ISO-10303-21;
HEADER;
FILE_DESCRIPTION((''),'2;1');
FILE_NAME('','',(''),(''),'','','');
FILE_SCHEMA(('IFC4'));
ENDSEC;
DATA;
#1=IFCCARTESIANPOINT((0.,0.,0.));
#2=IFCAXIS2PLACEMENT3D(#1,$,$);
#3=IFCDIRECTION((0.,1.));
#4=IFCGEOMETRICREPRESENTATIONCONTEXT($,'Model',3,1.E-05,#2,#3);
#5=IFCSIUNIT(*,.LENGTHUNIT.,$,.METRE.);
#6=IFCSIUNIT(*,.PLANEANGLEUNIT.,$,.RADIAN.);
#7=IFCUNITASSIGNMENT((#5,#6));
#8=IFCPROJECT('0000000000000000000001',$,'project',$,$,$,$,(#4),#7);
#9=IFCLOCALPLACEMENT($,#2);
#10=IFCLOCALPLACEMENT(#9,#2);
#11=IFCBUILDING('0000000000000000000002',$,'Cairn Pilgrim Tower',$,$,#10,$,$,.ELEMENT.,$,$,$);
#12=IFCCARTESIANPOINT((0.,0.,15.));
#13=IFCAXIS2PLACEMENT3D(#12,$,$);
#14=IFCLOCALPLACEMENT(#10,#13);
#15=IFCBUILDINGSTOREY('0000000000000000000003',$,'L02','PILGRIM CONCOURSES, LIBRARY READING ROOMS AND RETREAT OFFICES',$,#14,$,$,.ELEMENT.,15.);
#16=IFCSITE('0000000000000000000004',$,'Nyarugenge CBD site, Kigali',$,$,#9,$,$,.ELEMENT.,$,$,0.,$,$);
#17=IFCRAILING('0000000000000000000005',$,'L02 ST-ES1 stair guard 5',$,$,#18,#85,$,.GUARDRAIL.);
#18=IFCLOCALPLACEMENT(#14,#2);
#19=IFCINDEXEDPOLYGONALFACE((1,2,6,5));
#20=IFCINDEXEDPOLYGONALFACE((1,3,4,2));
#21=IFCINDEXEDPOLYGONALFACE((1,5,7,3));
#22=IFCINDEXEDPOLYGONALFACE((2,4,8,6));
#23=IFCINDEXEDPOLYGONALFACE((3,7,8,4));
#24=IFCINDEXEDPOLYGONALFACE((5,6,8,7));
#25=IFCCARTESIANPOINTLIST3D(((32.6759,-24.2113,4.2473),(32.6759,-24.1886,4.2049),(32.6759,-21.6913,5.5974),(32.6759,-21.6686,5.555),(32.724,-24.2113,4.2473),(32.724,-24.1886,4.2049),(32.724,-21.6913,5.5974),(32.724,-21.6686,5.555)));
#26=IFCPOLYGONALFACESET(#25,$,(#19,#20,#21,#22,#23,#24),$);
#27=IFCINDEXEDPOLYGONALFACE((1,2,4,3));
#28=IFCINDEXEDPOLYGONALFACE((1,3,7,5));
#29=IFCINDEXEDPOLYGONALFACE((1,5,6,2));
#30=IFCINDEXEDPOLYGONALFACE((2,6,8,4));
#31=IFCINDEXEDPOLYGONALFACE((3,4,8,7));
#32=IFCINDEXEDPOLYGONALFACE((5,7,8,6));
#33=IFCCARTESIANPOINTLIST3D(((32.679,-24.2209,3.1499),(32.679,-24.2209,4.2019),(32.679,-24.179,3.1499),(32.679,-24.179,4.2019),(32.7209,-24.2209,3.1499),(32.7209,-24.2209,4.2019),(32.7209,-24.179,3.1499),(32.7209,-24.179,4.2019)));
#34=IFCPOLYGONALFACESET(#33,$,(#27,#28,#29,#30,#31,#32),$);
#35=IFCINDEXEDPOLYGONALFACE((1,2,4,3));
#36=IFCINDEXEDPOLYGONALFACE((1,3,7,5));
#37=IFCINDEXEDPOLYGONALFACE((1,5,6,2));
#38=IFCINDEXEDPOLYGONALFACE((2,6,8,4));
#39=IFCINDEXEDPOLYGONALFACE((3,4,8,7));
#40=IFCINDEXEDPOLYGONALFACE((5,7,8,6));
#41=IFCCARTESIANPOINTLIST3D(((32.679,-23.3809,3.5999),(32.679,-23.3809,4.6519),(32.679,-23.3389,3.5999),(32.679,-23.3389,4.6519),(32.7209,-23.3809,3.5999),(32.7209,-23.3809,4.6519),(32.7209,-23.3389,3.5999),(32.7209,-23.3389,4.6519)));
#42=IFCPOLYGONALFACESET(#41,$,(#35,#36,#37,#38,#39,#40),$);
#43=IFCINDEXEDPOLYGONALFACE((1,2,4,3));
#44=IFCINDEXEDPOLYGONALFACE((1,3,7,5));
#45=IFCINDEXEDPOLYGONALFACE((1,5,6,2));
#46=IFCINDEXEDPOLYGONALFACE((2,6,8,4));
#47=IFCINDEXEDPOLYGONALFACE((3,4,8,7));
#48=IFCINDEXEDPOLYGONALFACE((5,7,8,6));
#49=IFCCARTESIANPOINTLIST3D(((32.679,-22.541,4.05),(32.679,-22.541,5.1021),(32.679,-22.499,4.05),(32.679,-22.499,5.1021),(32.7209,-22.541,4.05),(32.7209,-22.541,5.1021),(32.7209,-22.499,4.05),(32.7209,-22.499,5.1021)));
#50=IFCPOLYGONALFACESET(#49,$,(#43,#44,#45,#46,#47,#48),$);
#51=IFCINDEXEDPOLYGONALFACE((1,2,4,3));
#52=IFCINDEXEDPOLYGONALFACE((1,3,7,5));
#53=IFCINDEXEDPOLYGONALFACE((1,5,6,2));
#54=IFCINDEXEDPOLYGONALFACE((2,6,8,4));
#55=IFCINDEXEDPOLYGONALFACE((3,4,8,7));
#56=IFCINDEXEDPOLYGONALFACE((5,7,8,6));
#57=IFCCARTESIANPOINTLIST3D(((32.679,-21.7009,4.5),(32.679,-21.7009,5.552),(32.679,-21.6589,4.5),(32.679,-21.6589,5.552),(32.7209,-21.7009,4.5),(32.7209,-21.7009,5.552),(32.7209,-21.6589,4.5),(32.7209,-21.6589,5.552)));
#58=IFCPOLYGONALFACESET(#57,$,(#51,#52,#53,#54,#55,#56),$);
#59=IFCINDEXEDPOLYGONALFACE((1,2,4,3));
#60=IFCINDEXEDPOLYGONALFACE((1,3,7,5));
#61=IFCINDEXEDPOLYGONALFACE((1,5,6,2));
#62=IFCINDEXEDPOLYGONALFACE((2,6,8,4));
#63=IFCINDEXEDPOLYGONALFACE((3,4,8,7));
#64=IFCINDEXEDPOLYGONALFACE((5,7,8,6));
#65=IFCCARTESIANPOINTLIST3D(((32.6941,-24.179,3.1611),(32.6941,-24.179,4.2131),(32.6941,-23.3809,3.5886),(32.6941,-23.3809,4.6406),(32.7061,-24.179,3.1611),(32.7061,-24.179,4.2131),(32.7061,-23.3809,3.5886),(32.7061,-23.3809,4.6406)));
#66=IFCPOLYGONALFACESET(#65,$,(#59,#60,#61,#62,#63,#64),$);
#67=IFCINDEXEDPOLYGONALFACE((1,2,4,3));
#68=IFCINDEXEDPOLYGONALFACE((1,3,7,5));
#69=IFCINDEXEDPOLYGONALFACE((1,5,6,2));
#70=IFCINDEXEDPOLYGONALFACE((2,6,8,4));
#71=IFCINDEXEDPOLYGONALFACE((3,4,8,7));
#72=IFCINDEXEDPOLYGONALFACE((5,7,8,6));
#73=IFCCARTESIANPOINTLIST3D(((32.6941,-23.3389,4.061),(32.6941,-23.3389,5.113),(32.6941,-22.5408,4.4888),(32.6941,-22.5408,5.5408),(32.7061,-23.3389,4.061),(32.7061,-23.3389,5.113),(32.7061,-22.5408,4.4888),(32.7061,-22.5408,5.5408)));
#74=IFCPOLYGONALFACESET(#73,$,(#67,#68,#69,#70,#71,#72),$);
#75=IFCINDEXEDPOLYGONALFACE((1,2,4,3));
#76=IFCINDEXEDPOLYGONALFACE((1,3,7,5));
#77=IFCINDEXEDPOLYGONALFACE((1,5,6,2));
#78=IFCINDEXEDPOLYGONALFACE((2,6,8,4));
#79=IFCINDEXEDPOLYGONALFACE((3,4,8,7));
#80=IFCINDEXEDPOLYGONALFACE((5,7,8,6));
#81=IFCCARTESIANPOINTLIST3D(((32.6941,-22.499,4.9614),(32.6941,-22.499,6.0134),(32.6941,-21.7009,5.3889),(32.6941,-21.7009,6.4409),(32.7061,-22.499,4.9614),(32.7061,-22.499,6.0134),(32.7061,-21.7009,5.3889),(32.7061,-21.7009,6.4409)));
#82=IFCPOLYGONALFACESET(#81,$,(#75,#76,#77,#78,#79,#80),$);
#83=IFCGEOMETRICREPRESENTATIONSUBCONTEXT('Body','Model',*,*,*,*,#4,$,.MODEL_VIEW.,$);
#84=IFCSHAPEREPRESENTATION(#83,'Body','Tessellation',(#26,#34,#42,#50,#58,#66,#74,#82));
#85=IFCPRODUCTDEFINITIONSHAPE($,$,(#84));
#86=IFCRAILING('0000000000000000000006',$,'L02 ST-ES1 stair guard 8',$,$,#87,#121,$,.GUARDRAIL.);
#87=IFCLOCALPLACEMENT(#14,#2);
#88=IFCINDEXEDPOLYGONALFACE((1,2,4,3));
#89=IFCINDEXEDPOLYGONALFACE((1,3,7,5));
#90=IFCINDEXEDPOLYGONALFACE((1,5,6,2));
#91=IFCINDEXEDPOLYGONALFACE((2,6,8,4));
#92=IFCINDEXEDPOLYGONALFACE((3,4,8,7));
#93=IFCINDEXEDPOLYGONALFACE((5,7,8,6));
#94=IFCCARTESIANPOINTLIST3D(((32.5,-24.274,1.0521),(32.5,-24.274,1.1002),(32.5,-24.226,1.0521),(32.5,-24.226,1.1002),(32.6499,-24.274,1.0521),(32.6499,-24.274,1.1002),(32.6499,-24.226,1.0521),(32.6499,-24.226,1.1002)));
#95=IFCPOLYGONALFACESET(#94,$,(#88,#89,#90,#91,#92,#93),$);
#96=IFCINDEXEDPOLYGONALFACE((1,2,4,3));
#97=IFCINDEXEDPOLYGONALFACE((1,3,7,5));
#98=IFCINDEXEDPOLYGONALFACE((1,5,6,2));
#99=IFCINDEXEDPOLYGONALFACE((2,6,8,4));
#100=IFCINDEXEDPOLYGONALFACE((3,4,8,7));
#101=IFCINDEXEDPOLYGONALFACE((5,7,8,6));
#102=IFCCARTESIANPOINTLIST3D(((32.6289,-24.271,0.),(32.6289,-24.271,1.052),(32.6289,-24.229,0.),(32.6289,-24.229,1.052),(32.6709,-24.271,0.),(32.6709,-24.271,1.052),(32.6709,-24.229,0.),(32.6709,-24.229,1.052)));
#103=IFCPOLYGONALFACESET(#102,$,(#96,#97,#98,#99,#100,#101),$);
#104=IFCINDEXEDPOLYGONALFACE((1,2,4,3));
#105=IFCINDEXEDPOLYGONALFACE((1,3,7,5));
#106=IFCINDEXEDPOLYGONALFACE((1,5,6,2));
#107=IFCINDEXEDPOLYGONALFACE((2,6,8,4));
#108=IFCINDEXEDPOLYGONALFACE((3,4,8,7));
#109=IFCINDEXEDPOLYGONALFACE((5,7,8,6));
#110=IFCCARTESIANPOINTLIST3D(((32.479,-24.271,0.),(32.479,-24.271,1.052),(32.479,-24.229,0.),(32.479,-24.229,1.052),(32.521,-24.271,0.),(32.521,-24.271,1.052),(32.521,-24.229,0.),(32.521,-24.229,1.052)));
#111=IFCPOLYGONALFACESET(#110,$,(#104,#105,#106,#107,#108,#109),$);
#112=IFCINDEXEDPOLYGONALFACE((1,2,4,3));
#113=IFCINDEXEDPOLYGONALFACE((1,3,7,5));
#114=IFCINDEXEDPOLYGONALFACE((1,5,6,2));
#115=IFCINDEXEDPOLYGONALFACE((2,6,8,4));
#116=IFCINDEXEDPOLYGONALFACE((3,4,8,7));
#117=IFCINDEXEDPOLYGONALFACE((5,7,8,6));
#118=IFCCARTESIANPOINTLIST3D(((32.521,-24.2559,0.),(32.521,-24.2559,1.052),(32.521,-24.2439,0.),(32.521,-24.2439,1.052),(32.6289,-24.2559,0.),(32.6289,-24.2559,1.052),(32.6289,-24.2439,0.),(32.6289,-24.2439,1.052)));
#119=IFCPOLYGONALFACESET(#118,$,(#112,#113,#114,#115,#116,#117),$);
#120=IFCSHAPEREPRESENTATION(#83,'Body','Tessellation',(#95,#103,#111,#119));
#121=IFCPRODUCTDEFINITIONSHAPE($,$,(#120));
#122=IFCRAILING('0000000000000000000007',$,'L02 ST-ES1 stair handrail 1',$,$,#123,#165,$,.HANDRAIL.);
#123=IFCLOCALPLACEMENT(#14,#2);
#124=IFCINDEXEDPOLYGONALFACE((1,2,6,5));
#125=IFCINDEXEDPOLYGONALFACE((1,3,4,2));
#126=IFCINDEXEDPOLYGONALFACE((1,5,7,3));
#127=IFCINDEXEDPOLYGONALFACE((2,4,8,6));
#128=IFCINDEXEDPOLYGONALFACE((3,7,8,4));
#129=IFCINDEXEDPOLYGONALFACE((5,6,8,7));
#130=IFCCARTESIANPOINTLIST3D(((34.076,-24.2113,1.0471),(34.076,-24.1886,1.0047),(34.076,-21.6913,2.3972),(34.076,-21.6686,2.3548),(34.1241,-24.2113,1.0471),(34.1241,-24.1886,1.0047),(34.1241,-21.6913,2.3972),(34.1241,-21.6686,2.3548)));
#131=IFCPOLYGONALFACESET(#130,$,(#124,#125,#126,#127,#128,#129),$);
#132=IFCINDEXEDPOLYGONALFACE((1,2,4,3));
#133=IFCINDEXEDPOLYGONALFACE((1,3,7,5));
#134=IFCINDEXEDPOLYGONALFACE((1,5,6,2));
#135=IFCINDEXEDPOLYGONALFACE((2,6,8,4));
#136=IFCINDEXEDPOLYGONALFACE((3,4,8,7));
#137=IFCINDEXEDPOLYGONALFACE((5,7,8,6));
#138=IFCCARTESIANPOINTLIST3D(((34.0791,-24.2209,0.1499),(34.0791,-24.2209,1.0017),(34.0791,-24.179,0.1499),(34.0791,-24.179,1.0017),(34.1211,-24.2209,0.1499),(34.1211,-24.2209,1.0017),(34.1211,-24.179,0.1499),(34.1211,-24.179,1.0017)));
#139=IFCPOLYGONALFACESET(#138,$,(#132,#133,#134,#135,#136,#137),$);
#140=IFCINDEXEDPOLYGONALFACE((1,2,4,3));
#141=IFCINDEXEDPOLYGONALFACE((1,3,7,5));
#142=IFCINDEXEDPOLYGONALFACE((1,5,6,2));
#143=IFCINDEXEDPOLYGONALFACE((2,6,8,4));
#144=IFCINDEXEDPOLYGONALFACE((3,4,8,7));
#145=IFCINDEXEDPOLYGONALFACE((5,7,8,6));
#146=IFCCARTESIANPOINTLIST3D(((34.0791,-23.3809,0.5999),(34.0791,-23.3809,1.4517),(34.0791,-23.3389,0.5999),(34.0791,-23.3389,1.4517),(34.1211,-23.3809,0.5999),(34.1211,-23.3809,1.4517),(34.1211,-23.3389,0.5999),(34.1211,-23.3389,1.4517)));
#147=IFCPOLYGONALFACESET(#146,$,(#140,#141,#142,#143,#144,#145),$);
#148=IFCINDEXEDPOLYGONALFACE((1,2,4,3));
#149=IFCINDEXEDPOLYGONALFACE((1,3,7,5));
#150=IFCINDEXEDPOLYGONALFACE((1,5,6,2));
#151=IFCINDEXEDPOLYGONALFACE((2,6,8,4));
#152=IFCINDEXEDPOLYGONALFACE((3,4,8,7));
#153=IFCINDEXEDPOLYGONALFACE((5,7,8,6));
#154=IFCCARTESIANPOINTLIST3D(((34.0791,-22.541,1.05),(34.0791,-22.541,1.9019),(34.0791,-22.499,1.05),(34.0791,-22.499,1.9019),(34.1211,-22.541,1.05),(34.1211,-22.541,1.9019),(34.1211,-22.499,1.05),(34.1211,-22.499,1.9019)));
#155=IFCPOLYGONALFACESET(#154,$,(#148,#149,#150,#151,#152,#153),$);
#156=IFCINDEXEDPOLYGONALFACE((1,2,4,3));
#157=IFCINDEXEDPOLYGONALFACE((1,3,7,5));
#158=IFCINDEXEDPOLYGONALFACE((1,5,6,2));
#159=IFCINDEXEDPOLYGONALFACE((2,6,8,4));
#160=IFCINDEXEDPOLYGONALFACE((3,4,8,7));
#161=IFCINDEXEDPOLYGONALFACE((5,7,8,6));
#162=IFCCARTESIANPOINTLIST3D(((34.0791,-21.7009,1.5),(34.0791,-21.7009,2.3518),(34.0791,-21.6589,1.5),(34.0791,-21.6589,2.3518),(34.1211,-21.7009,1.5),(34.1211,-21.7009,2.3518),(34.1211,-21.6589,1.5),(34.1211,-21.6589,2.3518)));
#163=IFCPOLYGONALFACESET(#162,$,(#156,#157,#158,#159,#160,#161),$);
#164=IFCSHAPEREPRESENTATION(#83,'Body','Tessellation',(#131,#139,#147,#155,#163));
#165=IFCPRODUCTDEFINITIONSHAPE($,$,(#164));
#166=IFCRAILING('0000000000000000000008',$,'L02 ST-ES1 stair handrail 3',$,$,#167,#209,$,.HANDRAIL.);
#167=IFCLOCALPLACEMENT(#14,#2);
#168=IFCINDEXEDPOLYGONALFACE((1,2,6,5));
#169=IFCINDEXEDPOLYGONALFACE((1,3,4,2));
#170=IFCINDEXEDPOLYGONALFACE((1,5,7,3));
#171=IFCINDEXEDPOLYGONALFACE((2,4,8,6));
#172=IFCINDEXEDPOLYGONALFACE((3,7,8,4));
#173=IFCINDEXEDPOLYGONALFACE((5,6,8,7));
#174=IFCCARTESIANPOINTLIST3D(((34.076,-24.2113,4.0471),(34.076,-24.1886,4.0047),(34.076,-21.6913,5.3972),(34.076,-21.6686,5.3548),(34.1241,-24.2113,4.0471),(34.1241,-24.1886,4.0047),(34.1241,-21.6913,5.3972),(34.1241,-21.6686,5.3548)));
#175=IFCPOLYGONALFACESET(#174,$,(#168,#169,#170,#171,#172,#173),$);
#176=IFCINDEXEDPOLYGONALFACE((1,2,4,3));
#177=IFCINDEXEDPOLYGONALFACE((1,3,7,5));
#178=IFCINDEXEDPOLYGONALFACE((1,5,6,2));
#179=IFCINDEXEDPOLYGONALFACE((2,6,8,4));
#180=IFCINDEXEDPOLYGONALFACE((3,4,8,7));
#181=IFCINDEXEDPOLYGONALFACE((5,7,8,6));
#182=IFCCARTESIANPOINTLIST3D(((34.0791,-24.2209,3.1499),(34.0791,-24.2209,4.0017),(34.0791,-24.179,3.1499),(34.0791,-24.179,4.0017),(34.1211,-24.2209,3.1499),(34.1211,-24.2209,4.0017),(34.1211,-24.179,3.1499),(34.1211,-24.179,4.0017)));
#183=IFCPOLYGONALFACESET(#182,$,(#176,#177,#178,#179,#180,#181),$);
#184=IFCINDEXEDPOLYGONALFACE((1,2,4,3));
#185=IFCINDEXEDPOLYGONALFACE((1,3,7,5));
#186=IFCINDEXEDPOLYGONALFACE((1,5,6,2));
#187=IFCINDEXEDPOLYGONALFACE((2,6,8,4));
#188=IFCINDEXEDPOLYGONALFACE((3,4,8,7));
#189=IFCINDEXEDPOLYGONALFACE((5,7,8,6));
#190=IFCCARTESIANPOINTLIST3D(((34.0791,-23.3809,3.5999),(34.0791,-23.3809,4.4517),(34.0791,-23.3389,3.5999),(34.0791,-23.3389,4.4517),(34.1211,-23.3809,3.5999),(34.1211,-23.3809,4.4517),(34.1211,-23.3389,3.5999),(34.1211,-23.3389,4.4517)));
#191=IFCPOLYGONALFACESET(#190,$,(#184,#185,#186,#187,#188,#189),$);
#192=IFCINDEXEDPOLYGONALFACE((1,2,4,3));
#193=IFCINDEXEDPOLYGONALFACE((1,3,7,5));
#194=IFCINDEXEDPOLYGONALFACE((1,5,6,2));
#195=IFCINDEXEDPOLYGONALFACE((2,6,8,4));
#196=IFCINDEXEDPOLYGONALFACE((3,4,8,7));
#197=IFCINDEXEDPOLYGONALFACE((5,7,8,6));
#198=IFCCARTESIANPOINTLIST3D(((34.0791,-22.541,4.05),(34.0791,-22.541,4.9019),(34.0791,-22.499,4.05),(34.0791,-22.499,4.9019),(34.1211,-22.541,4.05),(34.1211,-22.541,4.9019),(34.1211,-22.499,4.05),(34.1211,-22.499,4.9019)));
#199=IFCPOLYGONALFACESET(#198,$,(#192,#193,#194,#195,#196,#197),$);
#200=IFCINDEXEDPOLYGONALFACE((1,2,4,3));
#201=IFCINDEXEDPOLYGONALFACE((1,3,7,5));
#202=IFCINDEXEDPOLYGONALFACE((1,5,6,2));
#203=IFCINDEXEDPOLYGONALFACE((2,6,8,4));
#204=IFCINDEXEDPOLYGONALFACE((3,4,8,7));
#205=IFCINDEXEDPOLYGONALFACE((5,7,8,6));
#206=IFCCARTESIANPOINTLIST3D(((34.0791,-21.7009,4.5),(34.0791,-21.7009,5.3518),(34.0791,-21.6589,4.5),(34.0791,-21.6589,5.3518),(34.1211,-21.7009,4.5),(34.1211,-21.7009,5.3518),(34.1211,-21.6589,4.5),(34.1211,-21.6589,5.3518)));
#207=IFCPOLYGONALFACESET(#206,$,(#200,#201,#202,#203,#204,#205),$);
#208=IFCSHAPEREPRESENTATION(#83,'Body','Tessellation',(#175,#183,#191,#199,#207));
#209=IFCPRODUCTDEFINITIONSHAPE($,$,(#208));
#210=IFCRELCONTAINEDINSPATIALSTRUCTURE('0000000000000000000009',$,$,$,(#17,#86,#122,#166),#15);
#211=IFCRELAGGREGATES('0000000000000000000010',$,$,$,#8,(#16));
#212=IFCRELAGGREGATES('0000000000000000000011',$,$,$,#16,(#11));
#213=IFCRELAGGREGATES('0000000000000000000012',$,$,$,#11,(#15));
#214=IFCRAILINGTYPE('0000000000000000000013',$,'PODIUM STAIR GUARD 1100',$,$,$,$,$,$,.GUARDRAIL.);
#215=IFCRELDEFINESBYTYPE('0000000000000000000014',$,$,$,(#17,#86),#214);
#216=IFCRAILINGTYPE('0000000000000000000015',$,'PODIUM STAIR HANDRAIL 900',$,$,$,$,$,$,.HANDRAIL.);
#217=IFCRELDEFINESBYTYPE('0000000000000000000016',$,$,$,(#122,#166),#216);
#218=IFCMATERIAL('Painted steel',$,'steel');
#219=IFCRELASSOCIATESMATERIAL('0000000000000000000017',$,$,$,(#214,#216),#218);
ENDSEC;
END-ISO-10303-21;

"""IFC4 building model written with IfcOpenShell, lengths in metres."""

from ifc_helpers import new_model, si_unit, direction, frame, origin, origin_2d, place, context, subcontext, project, spatial, polyline, rectangle, outline, extrude, material, type_object, element, save


model = new_model("IFC4")

# Units and contexts
model_context = context("Model", 3, precision=1e-05, world=origin(), true_north=direction((0.0, 1.0)))
body_context = subcontext(model_context, "Body", "Model", "MODEL_VIEW")
ifc_project = project(units=[si_unit("LENGTHUNIT", "METRE"), si_unit("PLANEANGLEUNIT", "RADIAN")], contexts=[model_context])

# Site, building, storey
site_placement = place(None, origin())
site = spatial("IfcSite", under=ifc_project, at=site_placement, Name="Nyarugenge CBD site, Kigali", CompositionType="ELEMENT", RefElevation=0.0)
building_placement = place(site_placement, origin())
building = spatial("IfcBuilding", under=site, at=building_placement, Name="Cairn Pilgrim Tower", CompositionType="ELEMENT")
storey_placement = place(building_placement, frame((0.0, 0.0, 15.0)))
storey = spatial("IfcBuildingStorey", under=building, at=storey_placement, Name="L02", Description="PILGRIM CONCOURSES, LIBRARY READING ROOMS AND RETREAT OFFICES", CompositionType="ELEMENT", Elevation=15.0)

# Railings
ifc_material_1 = material(Name="Painted steel", Category="steel")
railing_type_1 = type_object("IfcRailingType", Name="PODIUM STAIR GUARD 1100", PredefinedType="GUARDRAIL", material=ifc_material_1)
railing_1_placement = place(storey_placement, frame((32.7, -24.2, 3.1499)))
element("IfcRailing", 1, at=railing_1_placement, inside=storey, type_object=railing_type_1, Name="L02 ST-ES1 stair guard 5", PredefinedType="GUARDRAIL", context=body_context, shape_type="SweptSolid", body=[
    extrude(rectangle(XDim=0.0481, YDim=0.0481, at=origin_2d()), frame((0.0, 0.0, 1.0762), z_axis=(0.0, 0.881467, 0.472245), x_axis=(-1.0, 0.0, 0.0)), (0.0, 0.0, 1.0), 2.8589),
    extrude(rectangle(XDim=0.042, YDim=0.042, at=origin_2d()), origin(), (0.0, 0.0, 1.0), 1.052),
    extrude(rectangle(XDim=0.042, YDim=0.042, at=origin_2d()), frame((0.0, 0.8401, 0.45)), (0.0, 0.0, 1.0), 1.052),
    extrude(rectangle(XDim=0.042, YDim=0.042, at=origin_2d()), frame((0.0, 1.6799, 0.9001)), (0.0, 0.0, 1.0), 1.052),
    extrude(rectangle(XDim=0.042, YDim=0.042, at=origin_2d()), frame((0.0, 2.52, 1.3501)), (0.0, 0.0, 1.0), 1.052),
    extrude(outline(polyline([(0.021, 0.0112), (0.8191, 0.4387), (0.8191, 1.4907), (0.021, 1.0632), (0.021, 0.0112)])), frame((-0.0059, 0.0, 0.0), z_axis=(1.0, 0.0, 0.0), x_axis=(0.0, 1.0, 0.0)), (0.0, 0.0, 1.0), 0.012),
    extrude(outline(polyline([(0.021, 0.4612), (0.8191, 0.8889), (0.8191, 1.9409), (0.021, 1.5132), (0.021, 0.4612)])), frame((-0.0059, 0.8401, 0.45), z_axis=(1.0, 0.0, 0.0), x_axis=(0.0, 1.0, 0.0)), (0.0, 0.0, 1.0), 0.012),
    extrude(outline(polyline([(0.021, 0.9114), (0.8191, 1.3389), (0.8191, 2.3909), (0.021, 1.9634), (0.021, 0.9114)])), frame((-0.0059, 1.6799, 0.9001), z_axis=(1.0, 0.0, 0.0), x_axis=(0.0, 1.0, 0.0)), (0.0, 0.0, 1.0), 0.012),
])
railing_2_placement = place(storey_placement, frame((32.6499, -24.25, 0.0)))
element("IfcRailing", 2, at=railing_2_placement, inside=storey, type_object=railing_type_1, Name="L02 ST-ES1 stair guard 8", PredefinedType="GUARDRAIL", context=body_context, shape_type="SweptSolid", body=[
    extrude(rectangle(XDim=0.0481, YDim=0.0481, at=origin_2d()), frame((0.0, 0.0, 1.0762), z_axis=(-1.0, 0.0, 0.0), x_axis=(0.0, -1.0, 0.0)), (0.0, 0.0, 1.0), 0.1499),
    extrude(rectangle(XDim=0.042, YDim=0.042, at=origin_2d()), origin(), (0.0, 0.0, 1.0), 1.052),
    extrude(rectangle(XDim=0.042, YDim=0.042, at=origin_2d()), frame((-0.1499, 0.0, 0.0)), (0.0, 0.0, 1.0), 1.052),
    extrude(outline(polyline([(0.021, 0.0), (0.1289, 0.0), (0.1289, 1.052), (0.021, 1.052), (0.021, 0.0)])), frame((0.0, -0.0059, 0.0), z_axis=(0.0, 1.0, 0.0), x_axis=(-1.0, 0.0, 0.0)), (0.0, 0.0, 1.0), 0.012),
])
railing_type_2 = type_object("IfcRailingType", Name="PODIUM STAIR HANDRAIL 900", PredefinedType="HANDRAIL", material=ifc_material_1)
for number, where, name in (
    (3, (34.1001, -24.2, 0.1499), "L02 ST-ES1 stair handrail 1"),
    (4, (34.1001, -24.2, 3.1499), "L02 ST-ES1 stair handrail 3"),
):
    element("IfcRailing", number, at=place(storey_placement, frame(where)), inside=storey, type_object=railing_type_2, Name=name, PredefinedType="HANDRAIL", context=body_context, shape_type="SweptSolid", body=[
        extrude(rectangle(XDim=0.0481, YDim=0.0481, at=origin_2d()), frame((0.0, 0.0, 0.876), z_axis=(0.0, 0.881467, 0.472245), x_axis=(-1.0, 0.0, 0.0)), (0.0, 0.0, 1.0), 2.8589),
        extrude(rectangle(XDim=0.042, YDim=0.042, at=origin_2d()), origin(), (0.0, 0.0, 1.0), 0.8518),
        extrude(rectangle(XDim=0.042, YDim=0.042, at=origin_2d()), frame((0.0, 0.8401, 0.45)), (0.0, 0.0, 1.0), 0.8518),
        extrude(rectangle(XDim=0.042, YDim=0.042, at=origin_2d()), frame((0.0, 1.6799, 0.9001)), (0.0, 0.0, 1.0), 0.8518),
        extrude(rectangle(XDim=0.042, YDim=0.042, at=origin_2d()), frame((0.0, 2.52, 1.3501)), (0.0, 0.0, 1.0), 0.8518),
    ])

save(model, "model.ifc")
